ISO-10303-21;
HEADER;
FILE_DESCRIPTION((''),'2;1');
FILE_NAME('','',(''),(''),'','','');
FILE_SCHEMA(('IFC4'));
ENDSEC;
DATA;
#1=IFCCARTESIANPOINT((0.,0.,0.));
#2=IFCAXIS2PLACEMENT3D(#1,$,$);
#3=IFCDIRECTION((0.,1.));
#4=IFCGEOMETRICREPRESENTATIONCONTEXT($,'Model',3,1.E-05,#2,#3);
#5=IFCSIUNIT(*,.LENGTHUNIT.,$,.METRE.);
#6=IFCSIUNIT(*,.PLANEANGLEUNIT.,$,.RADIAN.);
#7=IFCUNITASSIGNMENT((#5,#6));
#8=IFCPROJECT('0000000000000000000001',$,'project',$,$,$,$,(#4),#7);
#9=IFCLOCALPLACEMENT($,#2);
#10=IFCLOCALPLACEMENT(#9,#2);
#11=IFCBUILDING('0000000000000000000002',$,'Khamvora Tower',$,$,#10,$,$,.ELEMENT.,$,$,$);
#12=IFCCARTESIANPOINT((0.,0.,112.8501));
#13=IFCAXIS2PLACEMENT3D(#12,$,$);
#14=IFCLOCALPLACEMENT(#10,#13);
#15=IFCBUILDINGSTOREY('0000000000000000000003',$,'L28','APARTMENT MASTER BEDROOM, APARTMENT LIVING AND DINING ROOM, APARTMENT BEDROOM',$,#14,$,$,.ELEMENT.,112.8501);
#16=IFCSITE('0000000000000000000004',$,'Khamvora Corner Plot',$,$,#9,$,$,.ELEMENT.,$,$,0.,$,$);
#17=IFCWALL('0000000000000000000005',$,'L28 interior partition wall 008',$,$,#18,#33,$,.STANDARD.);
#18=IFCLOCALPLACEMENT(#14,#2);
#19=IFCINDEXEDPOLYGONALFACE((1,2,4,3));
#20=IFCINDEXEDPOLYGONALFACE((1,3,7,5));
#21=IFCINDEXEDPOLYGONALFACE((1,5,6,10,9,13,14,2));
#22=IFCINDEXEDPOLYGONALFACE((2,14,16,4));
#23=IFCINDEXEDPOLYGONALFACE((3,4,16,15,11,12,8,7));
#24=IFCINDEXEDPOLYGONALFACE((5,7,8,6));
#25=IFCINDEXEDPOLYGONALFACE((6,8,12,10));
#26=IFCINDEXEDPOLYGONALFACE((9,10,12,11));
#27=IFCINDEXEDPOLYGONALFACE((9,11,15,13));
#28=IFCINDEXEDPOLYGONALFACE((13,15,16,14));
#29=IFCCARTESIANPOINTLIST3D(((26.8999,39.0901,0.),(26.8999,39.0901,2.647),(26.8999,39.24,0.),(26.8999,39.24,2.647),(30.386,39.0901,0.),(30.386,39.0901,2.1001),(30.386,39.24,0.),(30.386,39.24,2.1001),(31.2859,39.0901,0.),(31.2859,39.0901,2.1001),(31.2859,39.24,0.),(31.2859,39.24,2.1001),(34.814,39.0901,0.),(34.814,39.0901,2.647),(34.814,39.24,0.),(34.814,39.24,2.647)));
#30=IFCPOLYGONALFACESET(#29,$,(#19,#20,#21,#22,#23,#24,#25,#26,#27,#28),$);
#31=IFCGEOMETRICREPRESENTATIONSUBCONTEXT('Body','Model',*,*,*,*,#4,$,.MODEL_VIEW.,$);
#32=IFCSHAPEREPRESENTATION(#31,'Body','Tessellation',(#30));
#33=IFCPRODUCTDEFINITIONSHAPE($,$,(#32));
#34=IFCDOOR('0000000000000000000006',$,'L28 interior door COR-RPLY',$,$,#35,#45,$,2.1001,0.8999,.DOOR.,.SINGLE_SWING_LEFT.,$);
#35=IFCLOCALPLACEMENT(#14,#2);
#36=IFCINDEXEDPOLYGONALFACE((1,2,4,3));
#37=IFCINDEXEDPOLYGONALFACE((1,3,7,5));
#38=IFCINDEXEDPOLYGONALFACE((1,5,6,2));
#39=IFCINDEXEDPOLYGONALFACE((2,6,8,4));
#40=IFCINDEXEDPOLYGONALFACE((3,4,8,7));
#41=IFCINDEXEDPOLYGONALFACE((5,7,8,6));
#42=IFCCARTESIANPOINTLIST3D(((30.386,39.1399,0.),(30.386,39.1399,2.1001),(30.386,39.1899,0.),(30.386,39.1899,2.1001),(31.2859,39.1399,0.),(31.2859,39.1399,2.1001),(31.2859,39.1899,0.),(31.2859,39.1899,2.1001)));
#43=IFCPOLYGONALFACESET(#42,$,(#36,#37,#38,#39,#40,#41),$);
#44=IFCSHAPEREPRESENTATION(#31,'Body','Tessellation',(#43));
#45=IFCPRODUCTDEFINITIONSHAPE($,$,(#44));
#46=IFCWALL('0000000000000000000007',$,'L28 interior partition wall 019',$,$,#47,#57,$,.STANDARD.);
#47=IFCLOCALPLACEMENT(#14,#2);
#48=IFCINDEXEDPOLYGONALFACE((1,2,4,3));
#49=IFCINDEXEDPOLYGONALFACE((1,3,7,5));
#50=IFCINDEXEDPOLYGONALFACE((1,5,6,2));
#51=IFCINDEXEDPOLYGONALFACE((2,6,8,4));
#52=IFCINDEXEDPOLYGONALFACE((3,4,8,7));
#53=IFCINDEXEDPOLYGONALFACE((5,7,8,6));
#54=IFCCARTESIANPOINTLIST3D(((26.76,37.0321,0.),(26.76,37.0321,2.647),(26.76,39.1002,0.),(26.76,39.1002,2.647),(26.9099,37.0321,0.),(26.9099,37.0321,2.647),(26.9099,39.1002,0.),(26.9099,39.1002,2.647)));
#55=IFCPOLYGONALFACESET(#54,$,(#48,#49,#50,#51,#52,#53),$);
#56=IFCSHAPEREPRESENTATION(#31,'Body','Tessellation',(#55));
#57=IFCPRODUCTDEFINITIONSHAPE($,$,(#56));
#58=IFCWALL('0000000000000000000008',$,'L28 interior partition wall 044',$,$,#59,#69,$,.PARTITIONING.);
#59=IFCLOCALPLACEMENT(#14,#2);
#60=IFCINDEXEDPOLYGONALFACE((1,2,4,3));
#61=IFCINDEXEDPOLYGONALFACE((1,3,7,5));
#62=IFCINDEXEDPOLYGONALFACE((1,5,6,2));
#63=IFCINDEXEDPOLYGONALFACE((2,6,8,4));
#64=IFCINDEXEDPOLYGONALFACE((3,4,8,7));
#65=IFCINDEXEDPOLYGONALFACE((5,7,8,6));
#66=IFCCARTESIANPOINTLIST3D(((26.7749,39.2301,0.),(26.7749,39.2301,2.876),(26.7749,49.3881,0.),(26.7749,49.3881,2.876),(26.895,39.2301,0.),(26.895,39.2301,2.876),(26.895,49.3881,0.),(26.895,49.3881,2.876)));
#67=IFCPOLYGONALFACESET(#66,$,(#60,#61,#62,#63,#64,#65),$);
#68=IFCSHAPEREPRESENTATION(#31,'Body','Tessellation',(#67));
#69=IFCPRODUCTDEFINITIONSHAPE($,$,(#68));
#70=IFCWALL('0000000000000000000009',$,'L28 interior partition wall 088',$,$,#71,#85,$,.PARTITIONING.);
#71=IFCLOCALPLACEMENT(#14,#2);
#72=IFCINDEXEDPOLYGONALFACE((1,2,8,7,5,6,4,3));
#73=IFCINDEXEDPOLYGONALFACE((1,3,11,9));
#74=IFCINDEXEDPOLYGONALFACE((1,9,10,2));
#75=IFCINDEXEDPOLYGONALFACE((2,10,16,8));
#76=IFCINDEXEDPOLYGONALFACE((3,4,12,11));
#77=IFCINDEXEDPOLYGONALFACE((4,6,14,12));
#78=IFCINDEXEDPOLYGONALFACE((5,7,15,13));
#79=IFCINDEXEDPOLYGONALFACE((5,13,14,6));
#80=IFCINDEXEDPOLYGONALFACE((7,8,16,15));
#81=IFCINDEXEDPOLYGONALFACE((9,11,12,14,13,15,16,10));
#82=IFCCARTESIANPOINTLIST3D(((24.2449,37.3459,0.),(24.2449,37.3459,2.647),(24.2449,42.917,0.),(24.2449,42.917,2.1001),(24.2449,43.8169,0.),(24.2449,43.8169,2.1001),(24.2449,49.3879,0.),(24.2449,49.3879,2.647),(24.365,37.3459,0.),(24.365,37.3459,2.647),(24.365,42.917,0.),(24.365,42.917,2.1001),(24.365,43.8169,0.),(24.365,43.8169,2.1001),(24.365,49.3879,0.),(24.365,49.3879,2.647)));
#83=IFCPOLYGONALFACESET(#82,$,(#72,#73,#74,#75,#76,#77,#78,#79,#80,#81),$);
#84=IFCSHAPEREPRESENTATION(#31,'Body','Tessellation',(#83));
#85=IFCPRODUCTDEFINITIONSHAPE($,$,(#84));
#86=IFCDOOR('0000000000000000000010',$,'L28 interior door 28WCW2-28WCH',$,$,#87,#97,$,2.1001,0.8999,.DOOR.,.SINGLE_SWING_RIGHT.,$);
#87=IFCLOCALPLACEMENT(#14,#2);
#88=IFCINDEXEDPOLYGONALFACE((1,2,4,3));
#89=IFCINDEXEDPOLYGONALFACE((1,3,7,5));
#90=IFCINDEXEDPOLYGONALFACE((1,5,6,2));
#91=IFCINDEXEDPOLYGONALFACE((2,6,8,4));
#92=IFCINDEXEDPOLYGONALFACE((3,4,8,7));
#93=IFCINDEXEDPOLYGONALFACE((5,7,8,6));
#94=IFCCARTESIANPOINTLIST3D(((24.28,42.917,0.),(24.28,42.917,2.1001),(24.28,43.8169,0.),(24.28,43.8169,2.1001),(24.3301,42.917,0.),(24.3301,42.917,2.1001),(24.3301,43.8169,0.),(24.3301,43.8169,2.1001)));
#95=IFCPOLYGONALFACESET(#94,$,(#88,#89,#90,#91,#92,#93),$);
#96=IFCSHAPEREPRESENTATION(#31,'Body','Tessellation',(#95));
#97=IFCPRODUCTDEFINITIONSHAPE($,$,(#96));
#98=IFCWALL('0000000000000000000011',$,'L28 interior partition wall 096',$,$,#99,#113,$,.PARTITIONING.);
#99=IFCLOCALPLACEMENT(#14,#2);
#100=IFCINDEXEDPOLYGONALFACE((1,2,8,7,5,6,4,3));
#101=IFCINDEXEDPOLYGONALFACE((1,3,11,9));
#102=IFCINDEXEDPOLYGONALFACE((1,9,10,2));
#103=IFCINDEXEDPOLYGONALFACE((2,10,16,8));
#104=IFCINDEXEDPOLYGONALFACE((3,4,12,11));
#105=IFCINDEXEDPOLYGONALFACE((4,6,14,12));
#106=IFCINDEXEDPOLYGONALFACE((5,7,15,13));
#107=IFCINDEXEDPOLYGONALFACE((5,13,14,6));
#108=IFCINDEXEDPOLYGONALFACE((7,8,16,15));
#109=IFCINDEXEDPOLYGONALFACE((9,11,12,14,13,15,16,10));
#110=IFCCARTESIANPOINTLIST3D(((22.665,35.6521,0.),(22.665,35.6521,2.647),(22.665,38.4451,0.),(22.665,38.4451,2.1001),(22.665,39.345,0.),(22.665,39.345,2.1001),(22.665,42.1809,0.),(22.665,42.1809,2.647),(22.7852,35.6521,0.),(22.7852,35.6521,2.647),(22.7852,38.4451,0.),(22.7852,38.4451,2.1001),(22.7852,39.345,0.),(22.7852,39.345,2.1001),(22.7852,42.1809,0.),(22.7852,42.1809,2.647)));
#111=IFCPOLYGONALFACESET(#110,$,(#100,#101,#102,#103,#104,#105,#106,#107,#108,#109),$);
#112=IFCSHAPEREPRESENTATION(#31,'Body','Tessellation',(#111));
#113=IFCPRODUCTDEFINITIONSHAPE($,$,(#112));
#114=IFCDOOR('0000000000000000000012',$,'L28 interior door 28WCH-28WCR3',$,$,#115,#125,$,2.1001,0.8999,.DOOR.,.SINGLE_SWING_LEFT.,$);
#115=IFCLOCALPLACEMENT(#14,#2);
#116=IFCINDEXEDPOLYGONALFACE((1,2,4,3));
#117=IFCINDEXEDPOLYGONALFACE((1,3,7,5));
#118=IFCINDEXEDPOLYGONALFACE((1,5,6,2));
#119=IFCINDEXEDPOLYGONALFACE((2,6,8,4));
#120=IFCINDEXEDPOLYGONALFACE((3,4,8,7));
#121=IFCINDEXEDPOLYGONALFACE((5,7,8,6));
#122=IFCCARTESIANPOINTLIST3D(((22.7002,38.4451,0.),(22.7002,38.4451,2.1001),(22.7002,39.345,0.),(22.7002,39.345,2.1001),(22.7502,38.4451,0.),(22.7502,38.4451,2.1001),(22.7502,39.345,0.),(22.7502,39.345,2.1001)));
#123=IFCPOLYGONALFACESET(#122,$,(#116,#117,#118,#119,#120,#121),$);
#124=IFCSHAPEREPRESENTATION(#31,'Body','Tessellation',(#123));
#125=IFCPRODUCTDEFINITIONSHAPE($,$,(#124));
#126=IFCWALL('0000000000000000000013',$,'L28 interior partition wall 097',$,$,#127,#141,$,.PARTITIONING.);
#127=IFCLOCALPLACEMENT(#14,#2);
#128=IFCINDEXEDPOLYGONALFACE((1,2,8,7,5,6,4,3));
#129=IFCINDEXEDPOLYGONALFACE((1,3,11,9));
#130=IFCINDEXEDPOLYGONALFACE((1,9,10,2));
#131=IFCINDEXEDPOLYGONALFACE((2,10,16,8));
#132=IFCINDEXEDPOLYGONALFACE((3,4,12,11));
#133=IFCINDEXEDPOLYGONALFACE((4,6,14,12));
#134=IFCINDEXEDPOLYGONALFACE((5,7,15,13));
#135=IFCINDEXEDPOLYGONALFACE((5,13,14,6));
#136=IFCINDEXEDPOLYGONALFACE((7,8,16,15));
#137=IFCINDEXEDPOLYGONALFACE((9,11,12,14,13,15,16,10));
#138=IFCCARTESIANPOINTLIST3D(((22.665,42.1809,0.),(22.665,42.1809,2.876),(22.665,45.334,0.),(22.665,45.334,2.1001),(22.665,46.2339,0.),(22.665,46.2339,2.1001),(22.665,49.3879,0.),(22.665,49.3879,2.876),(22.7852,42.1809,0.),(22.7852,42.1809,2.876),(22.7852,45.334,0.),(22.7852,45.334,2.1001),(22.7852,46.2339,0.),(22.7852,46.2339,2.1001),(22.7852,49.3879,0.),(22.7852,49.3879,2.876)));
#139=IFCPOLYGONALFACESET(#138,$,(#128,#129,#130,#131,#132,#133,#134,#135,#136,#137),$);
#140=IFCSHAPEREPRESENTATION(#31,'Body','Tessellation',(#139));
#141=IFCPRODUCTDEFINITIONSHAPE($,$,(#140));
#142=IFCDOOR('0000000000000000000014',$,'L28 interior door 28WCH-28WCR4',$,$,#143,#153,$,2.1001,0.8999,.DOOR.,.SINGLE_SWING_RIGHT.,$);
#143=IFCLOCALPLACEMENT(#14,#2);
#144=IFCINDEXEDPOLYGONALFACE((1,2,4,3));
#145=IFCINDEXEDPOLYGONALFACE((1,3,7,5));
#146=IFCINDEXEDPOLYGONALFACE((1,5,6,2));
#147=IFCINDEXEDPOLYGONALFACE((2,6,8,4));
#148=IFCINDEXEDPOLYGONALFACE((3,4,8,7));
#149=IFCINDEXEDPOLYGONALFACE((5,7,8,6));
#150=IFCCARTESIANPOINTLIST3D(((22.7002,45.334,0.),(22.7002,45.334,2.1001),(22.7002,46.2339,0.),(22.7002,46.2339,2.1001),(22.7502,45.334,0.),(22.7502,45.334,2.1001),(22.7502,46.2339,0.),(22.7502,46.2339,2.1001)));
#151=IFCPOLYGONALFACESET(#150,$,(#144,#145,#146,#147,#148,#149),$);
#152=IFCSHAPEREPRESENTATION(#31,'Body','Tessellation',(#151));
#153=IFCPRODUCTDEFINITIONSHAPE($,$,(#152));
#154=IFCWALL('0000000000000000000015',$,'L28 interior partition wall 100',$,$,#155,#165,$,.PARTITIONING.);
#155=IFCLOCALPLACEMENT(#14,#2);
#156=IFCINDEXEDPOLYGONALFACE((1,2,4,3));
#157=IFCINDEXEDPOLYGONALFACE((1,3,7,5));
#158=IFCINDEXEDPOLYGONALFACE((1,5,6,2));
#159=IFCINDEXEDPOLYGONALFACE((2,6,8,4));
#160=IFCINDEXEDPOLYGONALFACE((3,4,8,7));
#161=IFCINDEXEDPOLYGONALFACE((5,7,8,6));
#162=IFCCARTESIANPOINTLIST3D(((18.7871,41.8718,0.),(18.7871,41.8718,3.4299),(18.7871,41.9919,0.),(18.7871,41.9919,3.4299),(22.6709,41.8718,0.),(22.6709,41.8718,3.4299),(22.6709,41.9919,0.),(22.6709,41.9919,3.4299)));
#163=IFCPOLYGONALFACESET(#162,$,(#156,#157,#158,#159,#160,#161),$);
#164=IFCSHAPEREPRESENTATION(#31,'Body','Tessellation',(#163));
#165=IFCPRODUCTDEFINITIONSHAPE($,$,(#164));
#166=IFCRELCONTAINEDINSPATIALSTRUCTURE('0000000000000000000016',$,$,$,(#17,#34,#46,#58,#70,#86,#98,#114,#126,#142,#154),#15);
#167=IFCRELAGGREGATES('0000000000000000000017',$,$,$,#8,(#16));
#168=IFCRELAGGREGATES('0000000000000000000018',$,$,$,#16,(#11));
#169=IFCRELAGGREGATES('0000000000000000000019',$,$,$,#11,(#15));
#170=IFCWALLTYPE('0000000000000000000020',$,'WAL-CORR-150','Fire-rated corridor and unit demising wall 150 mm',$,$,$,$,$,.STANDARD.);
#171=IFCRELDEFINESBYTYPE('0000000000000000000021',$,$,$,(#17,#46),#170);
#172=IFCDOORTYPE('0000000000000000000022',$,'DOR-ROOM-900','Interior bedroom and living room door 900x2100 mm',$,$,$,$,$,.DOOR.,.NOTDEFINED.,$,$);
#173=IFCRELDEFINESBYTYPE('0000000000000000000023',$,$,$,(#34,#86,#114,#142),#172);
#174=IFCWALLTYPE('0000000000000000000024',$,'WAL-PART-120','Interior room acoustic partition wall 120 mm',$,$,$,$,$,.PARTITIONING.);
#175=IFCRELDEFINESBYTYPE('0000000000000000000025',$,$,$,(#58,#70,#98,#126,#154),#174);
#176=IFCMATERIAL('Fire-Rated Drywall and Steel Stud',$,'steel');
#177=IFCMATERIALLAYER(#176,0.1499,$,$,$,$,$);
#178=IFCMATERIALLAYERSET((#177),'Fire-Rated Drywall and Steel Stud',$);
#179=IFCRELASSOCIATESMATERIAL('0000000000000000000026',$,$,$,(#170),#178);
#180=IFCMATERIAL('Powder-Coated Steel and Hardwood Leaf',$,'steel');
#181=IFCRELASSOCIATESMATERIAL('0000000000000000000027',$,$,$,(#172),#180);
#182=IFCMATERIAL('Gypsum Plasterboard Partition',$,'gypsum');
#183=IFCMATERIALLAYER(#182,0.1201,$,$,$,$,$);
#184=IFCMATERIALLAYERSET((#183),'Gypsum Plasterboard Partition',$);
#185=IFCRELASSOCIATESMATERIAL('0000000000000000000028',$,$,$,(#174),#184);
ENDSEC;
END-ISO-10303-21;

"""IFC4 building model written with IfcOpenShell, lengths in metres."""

from ifc_helpers import new_model, si_unit, direction, frame, frame_2d, origin, place, context, subcontext, project, spatial, rectangle, extrude, material, layer, layer_set, type_object, element, fill, save


model = new_model("IFC4")

# Units and contexts
model_context = context("Model", 3, precision=1e-05, world=origin(), true_north=direction((0.0, 1.0)))
body_context = subcontext(model_context, "Body", "Model", "MODEL_VIEW")
ifc_project = project(units=[si_unit("LENGTHUNIT", "METRE"), si_unit("PLANEANGLEUNIT", "RADIAN")], contexts=[model_context])

# Site, building, storey
site_placement = place(None, origin())
site = spatial("IfcSite", under=ifc_project, at=site_placement, Name="Khamvora Corner Plot", CompositionType="ELEMENT", RefElevation=0.0)
building_placement = place(site_placement, origin())
building = spatial("IfcBuilding", under=site, at=building_placement, Name="Khamvora Tower", CompositionType="ELEMENT")
storey_placement = place(building_placement, frame((0.0, 0.0, 112.8501)))
storey = spatial("IfcBuildingStorey", under=building, at=storey_placement, Name="L28", Description="APARTMENT MASTER BEDROOM, APARTMENT LIVING AND DINING ROOM, APARTMENT BEDROOM", CompositionType="ELEMENT", Elevation=112.8501)

# Wall, opening, door
ifc_material_1 = material(Name="Powder-Coated Steel and Hardwood Leaf", Category="steel")
ifc_material_2 = material(Name="Fire-Rated Drywall and Steel Stud", Category="steel")
ifc_layer_1 = layer(ifc_material_2, 0.1499)
ifc_layer_set_1 = layer_set([ifc_layer_1], Name="Fire-Rated Drywall and Steel Stud")
wall_type_1 = type_object("IfcWallType", Name="WAL-CORR-150", Description="Fire-rated corridor and unit demising wall 150 mm", PredefinedType="STANDARD", material=ifc_layer_set_1)
wall_1_placement = place(storey_placement, frame((26.8999, 39.165, 0.0), z_axis=(0.0, 0.0, 1.0), x_axis=(1.0, 0.0, 0.0)))
wall_1 = element("IfcWall", 1, at=wall_1_placement, inside=storey, type_object=wall_type_1, Name="L28 interior partition wall 008", PredefinedType="STANDARD", context=body_context, shape_type="SweptSolid", body=[
    extrude(rectangle(XDim=7.9141, YDim=0.1499, at=frame_2d((3.957, 0.0))), origin(), (0.0, 0.0, 1.0), 2.647),
])
opening_1_placement = place(wall_1_placement, frame((3.4861, 0.0, 0.0)))
opening_1 = element("IfcOpeningElement", 2, at=opening_1_placement, cuts=wall_1, PredefinedType="OPENING", context=body_context, shape_type="SweptSolid", body=[
    extrude(rectangle(XDim=0.8999, YDim=2.1001, at=frame_2d((0.45, 1.05))), frame((0.0, 0.085, 0.0), z_axis=(0.0, -1.0, 0.0), x_axis=(1.0, 0.0, 0.0)), (0.0, 0.0, 1.0), 0.1699),
])
door_type_1 = type_object("IfcDoorType", Name="DOR-ROOM-900", Description="Interior bedroom and living room door 900x2100 mm", OperationType="NOTDEFINED", PredefinedType="DOOR", material=ifc_material_1)
door_1_placement = place(opening_1_placement, origin())
door_1 = element("IfcDoor", 3, at=door_1_placement, inside=storey, type_object=door_type_1, Name="L28 interior door COR-RPLY", OperationType="SINGLE_SWING_LEFT", OverallHeight=2.1001, OverallWidth=0.8999, PredefinedType="DOOR", context=body_context, shape_type="SweptSolid", body=[
    extrude(rectangle(XDim=0.8999, YDim=2.1001, at=frame_2d((0.45, 1.05))), frame((0.0, 0.0249, 0.0), z_axis=(0.0, -1.0, 0.0), x_axis=(1.0, 0.0, 0.0)), (0.0, 0.0, 1.0), 0.05),
])
fill(opening_1, door_1)

# Walls
wall_2_placement = place(storey_placement, frame((26.835, 37.032, 0.0), z_axis=(0.0, 0.0, 1.0), x_axis=(0.0, 1.0, 0.0)))
element("IfcWall", 4, at=wall_2_placement, inside=storey, type_object=wall_type_1, Name="L28 interior partition wall 019", PredefinedType="STANDARD", context=body_context, shape_type="SweptSolid", body=[
    extrude(rectangle(XDim=2.0681, YDim=0.1499, at=frame_2d((1.0342, 0.0))), origin(), (0.0, 0.0, 1.0), 2.647),
])
ifc_material_3 = material(Name="Gypsum Plasterboard Partition", Category="gypsum")
ifc_layer_2 = layer(ifc_material_3, 0.1201)
ifc_layer_set_2 = layer_set([ifc_layer_2], Name="Gypsum Plasterboard Partition")
wall_type_2 = type_object("IfcWallType", Name="WAL-PART-120", Description="Interior room acoustic partition wall 120 mm", PredefinedType="PARTITIONING", material=ifc_layer_set_2)
wall_3_placement = place(storey_placement, frame((26.835, 39.23, 0.0), z_axis=(0.0, 0.0, 1.0), x_axis=(0.0, 1.0, 0.0)))
element("IfcWall", 5, at=wall_3_placement, inside=storey, type_object=wall_type_2, Name="L28 interior partition wall 044", PredefinedType="PARTITIONING", context=body_context, shape_type="SweptSolid", body=[
    extrude(rectangle(XDim=10.158, YDim=0.1201, at=frame_2d((5.0791, 0.0))), origin(), (0.0, 0.0, 1.0), 2.876),
])

# Walls, openings, doors
wall_4_placement = place(storey_placement, frame((24.3049, 37.3459, 0.0), z_axis=(0.0, 0.0, 1.0), x_axis=(0.0, 1.0, 0.0)))
wall_4 = element("IfcWall", 6, at=wall_4_placement, inside=storey, type_object=wall_type_2, Name="L28 interior partition wall 088", PredefinedType="PARTITIONING", context=body_context, shape_type="SweptSolid", body=[
    extrude(rectangle(XDim=12.042, YDim=0.1201, at=frame_2d((6.021, 0.0))), origin(), (0.0, 0.0, 1.0), 2.647),
])
opening_2_placement = place(wall_4_placement, frame((5.571, 0.0, 0.0)))
opening_2 = element("IfcOpeningElement", 7, at=opening_2_placement, cuts=wall_4, PredefinedType="OPENING", context=body_context, shape_type="SweptSolid", body=[
    extrude(rectangle(XDim=0.8999, YDim=2.1001, at=frame_2d((0.45, 1.05))), frame((0.0, 0.0701, 0.0), z_axis=(0.0, -1.0, 0.0), x_axis=(1.0, 0.0, 0.0)), (0.0, 0.0, 1.0), 0.1401),
])
door_2_placement = place(opening_2_placement, origin())
door_2 = element("IfcDoor", 8, at=door_2_placement, inside=storey, type_object=door_type_1, Name="L28 interior door 28WCW2-28WCH", OperationType="SINGLE_SWING_RIGHT", OverallHeight=2.1001, OverallWidth=0.8999, PredefinedType="DOOR", context=body_context, shape_type="SweptSolid", body=[
    extrude(rectangle(XDim=0.8999, YDim=2.1001, at=frame_2d((0.45, 1.05))), frame((0.0, 0.0249, 0.0), z_axis=(0.0, -1.0, 0.0), x_axis=(1.0, 0.0, 0.0)), (0.0, 0.0, 1.0), 0.05),
])
fill(opening_2, door_2)
wall_5_placement = place(storey_placement, frame((22.7251, 35.6521, 0.0), z_axis=(0.0, 0.0, 1.0), x_axis=(0.0, 1.0, 0.0)))
wall_5 = element("IfcWall", 9, at=wall_5_placement, inside=storey, type_object=wall_type_2, Name="L28 interior partition wall 096", PredefinedType="PARTITIONING", context=body_context, shape_type="SweptSolid", body=[
    extrude(rectangle(XDim=6.5288, YDim=0.1201, at=frame_2d((3.2644, 0.0))), origin(), (0.0, 0.0, 1.0), 2.647),
])
opening_3_placement = place(wall_5_placement, frame((2.793, 0.0, 0.0)))
opening_3 = element("IfcOpeningElement", 10, at=opening_3_placement, cuts=wall_5, PredefinedType="OPENING", context=body_context, shape_type="SweptSolid", body=[
    extrude(rectangle(XDim=0.8999, YDim=2.1001, at=frame_2d((0.45, 1.05))), frame((0.0, 0.0701, 0.0), z_axis=(0.0, -1.0, 0.0), x_axis=(1.0, 0.0, 0.0)), (0.0, 0.0, 1.0), 0.1401),
])
door_3_placement = place(opening_3_placement, origin())
door_3 = element("IfcDoor", 11, at=door_3_placement, inside=storey, type_object=door_type_1, Name="L28 interior door 28WCH-28WCR3", OperationType="SINGLE_SWING_LEFT", OverallHeight=2.1001, OverallWidth=0.8999, PredefinedType="DOOR", context=body_context, shape_type="SweptSolid", body=[
    extrude(rectangle(XDim=0.8999, YDim=2.1001, at=frame_2d((0.45, 1.05))), frame((0.0, 0.0249, 0.0), z_axis=(0.0, -1.0, 0.0), x_axis=(1.0, 0.0, 0.0)), (0.0, 0.0, 1.0), 0.05),
])
fill(opening_3, door_3)
wall_6_placement = place(storey_placement, frame((22.7251, 42.1809, 0.0), z_axis=(0.0, 0.0, 1.0), x_axis=(0.0, 1.0, 0.0)))
wall_6 = element("IfcWall", 12, at=wall_6_placement, inside=storey, type_object=wall_type_2, Name="L28 interior partition wall 097", PredefinedType="PARTITIONING", context=body_context, shape_type="SweptSolid", body=[
    extrude(rectangle(XDim=7.207, YDim=0.1201, at=frame_2d((3.6035, 0.0))), origin(), (0.0, 0.0, 1.0), 2.876),
])
opening_4_placement = place(wall_6_placement, frame((3.1531, 0.0, 0.0)))
opening_4 = element("IfcOpeningElement", 13, at=opening_4_placement, cuts=wall_6, PredefinedType="OPENING", context=body_context, shape_type="SweptSolid", body=[
    extrude(rectangle(XDim=0.8999, YDim=2.1001, at=frame_2d((0.45, 1.05))), frame((0.0, 0.0701, 0.0), z_axis=(0.0, -1.0, 0.0), x_axis=(1.0, 0.0, 0.0)), (0.0, 0.0, 1.0), 0.1401),
])
door_4_placement = place(opening_4_placement, origin())
door_4 = element("IfcDoor", 14, at=door_4_placement, inside=storey, type_object=door_type_1, Name="L28 interior door 28WCH-28WCR4", OperationType="SINGLE_SWING_RIGHT", OverallHeight=2.1001, OverallWidth=0.8999, PredefinedType="DOOR", context=body_context, shape_type="SweptSolid", body=[
    extrude(rectangle(XDim=0.8999, YDim=2.1001, at=frame_2d((0.45, 1.05))), frame((0.0, 0.0249, 0.0), z_axis=(0.0, -1.0, 0.0), x_axis=(1.0, 0.0, 0.0)), (0.0, 0.0, 1.0), 0.05),
])
fill(opening_4, door_4)

# Wall
wall_7_placement = place(storey_placement, frame((18.7871, 41.9319, 0.0), z_axis=(0.0, 0.0, 1.0), x_axis=(1.0, 0.0, 0.0)))
element("IfcWall", 15, at=wall_7_placement, inside=storey, type_object=wall_type_2, Name="L28 interior partition wall 100", PredefinedType="PARTITIONING", context=body_context, shape_type="SweptSolid", body=[
    extrude(rectangle(XDim=3.8838, YDim=0.1201, at=frame_2d((1.9419, 0.0))), origin(), (0.0, 0.0, 1.0), 3.4299),
])

save(model, "model.ifc")
